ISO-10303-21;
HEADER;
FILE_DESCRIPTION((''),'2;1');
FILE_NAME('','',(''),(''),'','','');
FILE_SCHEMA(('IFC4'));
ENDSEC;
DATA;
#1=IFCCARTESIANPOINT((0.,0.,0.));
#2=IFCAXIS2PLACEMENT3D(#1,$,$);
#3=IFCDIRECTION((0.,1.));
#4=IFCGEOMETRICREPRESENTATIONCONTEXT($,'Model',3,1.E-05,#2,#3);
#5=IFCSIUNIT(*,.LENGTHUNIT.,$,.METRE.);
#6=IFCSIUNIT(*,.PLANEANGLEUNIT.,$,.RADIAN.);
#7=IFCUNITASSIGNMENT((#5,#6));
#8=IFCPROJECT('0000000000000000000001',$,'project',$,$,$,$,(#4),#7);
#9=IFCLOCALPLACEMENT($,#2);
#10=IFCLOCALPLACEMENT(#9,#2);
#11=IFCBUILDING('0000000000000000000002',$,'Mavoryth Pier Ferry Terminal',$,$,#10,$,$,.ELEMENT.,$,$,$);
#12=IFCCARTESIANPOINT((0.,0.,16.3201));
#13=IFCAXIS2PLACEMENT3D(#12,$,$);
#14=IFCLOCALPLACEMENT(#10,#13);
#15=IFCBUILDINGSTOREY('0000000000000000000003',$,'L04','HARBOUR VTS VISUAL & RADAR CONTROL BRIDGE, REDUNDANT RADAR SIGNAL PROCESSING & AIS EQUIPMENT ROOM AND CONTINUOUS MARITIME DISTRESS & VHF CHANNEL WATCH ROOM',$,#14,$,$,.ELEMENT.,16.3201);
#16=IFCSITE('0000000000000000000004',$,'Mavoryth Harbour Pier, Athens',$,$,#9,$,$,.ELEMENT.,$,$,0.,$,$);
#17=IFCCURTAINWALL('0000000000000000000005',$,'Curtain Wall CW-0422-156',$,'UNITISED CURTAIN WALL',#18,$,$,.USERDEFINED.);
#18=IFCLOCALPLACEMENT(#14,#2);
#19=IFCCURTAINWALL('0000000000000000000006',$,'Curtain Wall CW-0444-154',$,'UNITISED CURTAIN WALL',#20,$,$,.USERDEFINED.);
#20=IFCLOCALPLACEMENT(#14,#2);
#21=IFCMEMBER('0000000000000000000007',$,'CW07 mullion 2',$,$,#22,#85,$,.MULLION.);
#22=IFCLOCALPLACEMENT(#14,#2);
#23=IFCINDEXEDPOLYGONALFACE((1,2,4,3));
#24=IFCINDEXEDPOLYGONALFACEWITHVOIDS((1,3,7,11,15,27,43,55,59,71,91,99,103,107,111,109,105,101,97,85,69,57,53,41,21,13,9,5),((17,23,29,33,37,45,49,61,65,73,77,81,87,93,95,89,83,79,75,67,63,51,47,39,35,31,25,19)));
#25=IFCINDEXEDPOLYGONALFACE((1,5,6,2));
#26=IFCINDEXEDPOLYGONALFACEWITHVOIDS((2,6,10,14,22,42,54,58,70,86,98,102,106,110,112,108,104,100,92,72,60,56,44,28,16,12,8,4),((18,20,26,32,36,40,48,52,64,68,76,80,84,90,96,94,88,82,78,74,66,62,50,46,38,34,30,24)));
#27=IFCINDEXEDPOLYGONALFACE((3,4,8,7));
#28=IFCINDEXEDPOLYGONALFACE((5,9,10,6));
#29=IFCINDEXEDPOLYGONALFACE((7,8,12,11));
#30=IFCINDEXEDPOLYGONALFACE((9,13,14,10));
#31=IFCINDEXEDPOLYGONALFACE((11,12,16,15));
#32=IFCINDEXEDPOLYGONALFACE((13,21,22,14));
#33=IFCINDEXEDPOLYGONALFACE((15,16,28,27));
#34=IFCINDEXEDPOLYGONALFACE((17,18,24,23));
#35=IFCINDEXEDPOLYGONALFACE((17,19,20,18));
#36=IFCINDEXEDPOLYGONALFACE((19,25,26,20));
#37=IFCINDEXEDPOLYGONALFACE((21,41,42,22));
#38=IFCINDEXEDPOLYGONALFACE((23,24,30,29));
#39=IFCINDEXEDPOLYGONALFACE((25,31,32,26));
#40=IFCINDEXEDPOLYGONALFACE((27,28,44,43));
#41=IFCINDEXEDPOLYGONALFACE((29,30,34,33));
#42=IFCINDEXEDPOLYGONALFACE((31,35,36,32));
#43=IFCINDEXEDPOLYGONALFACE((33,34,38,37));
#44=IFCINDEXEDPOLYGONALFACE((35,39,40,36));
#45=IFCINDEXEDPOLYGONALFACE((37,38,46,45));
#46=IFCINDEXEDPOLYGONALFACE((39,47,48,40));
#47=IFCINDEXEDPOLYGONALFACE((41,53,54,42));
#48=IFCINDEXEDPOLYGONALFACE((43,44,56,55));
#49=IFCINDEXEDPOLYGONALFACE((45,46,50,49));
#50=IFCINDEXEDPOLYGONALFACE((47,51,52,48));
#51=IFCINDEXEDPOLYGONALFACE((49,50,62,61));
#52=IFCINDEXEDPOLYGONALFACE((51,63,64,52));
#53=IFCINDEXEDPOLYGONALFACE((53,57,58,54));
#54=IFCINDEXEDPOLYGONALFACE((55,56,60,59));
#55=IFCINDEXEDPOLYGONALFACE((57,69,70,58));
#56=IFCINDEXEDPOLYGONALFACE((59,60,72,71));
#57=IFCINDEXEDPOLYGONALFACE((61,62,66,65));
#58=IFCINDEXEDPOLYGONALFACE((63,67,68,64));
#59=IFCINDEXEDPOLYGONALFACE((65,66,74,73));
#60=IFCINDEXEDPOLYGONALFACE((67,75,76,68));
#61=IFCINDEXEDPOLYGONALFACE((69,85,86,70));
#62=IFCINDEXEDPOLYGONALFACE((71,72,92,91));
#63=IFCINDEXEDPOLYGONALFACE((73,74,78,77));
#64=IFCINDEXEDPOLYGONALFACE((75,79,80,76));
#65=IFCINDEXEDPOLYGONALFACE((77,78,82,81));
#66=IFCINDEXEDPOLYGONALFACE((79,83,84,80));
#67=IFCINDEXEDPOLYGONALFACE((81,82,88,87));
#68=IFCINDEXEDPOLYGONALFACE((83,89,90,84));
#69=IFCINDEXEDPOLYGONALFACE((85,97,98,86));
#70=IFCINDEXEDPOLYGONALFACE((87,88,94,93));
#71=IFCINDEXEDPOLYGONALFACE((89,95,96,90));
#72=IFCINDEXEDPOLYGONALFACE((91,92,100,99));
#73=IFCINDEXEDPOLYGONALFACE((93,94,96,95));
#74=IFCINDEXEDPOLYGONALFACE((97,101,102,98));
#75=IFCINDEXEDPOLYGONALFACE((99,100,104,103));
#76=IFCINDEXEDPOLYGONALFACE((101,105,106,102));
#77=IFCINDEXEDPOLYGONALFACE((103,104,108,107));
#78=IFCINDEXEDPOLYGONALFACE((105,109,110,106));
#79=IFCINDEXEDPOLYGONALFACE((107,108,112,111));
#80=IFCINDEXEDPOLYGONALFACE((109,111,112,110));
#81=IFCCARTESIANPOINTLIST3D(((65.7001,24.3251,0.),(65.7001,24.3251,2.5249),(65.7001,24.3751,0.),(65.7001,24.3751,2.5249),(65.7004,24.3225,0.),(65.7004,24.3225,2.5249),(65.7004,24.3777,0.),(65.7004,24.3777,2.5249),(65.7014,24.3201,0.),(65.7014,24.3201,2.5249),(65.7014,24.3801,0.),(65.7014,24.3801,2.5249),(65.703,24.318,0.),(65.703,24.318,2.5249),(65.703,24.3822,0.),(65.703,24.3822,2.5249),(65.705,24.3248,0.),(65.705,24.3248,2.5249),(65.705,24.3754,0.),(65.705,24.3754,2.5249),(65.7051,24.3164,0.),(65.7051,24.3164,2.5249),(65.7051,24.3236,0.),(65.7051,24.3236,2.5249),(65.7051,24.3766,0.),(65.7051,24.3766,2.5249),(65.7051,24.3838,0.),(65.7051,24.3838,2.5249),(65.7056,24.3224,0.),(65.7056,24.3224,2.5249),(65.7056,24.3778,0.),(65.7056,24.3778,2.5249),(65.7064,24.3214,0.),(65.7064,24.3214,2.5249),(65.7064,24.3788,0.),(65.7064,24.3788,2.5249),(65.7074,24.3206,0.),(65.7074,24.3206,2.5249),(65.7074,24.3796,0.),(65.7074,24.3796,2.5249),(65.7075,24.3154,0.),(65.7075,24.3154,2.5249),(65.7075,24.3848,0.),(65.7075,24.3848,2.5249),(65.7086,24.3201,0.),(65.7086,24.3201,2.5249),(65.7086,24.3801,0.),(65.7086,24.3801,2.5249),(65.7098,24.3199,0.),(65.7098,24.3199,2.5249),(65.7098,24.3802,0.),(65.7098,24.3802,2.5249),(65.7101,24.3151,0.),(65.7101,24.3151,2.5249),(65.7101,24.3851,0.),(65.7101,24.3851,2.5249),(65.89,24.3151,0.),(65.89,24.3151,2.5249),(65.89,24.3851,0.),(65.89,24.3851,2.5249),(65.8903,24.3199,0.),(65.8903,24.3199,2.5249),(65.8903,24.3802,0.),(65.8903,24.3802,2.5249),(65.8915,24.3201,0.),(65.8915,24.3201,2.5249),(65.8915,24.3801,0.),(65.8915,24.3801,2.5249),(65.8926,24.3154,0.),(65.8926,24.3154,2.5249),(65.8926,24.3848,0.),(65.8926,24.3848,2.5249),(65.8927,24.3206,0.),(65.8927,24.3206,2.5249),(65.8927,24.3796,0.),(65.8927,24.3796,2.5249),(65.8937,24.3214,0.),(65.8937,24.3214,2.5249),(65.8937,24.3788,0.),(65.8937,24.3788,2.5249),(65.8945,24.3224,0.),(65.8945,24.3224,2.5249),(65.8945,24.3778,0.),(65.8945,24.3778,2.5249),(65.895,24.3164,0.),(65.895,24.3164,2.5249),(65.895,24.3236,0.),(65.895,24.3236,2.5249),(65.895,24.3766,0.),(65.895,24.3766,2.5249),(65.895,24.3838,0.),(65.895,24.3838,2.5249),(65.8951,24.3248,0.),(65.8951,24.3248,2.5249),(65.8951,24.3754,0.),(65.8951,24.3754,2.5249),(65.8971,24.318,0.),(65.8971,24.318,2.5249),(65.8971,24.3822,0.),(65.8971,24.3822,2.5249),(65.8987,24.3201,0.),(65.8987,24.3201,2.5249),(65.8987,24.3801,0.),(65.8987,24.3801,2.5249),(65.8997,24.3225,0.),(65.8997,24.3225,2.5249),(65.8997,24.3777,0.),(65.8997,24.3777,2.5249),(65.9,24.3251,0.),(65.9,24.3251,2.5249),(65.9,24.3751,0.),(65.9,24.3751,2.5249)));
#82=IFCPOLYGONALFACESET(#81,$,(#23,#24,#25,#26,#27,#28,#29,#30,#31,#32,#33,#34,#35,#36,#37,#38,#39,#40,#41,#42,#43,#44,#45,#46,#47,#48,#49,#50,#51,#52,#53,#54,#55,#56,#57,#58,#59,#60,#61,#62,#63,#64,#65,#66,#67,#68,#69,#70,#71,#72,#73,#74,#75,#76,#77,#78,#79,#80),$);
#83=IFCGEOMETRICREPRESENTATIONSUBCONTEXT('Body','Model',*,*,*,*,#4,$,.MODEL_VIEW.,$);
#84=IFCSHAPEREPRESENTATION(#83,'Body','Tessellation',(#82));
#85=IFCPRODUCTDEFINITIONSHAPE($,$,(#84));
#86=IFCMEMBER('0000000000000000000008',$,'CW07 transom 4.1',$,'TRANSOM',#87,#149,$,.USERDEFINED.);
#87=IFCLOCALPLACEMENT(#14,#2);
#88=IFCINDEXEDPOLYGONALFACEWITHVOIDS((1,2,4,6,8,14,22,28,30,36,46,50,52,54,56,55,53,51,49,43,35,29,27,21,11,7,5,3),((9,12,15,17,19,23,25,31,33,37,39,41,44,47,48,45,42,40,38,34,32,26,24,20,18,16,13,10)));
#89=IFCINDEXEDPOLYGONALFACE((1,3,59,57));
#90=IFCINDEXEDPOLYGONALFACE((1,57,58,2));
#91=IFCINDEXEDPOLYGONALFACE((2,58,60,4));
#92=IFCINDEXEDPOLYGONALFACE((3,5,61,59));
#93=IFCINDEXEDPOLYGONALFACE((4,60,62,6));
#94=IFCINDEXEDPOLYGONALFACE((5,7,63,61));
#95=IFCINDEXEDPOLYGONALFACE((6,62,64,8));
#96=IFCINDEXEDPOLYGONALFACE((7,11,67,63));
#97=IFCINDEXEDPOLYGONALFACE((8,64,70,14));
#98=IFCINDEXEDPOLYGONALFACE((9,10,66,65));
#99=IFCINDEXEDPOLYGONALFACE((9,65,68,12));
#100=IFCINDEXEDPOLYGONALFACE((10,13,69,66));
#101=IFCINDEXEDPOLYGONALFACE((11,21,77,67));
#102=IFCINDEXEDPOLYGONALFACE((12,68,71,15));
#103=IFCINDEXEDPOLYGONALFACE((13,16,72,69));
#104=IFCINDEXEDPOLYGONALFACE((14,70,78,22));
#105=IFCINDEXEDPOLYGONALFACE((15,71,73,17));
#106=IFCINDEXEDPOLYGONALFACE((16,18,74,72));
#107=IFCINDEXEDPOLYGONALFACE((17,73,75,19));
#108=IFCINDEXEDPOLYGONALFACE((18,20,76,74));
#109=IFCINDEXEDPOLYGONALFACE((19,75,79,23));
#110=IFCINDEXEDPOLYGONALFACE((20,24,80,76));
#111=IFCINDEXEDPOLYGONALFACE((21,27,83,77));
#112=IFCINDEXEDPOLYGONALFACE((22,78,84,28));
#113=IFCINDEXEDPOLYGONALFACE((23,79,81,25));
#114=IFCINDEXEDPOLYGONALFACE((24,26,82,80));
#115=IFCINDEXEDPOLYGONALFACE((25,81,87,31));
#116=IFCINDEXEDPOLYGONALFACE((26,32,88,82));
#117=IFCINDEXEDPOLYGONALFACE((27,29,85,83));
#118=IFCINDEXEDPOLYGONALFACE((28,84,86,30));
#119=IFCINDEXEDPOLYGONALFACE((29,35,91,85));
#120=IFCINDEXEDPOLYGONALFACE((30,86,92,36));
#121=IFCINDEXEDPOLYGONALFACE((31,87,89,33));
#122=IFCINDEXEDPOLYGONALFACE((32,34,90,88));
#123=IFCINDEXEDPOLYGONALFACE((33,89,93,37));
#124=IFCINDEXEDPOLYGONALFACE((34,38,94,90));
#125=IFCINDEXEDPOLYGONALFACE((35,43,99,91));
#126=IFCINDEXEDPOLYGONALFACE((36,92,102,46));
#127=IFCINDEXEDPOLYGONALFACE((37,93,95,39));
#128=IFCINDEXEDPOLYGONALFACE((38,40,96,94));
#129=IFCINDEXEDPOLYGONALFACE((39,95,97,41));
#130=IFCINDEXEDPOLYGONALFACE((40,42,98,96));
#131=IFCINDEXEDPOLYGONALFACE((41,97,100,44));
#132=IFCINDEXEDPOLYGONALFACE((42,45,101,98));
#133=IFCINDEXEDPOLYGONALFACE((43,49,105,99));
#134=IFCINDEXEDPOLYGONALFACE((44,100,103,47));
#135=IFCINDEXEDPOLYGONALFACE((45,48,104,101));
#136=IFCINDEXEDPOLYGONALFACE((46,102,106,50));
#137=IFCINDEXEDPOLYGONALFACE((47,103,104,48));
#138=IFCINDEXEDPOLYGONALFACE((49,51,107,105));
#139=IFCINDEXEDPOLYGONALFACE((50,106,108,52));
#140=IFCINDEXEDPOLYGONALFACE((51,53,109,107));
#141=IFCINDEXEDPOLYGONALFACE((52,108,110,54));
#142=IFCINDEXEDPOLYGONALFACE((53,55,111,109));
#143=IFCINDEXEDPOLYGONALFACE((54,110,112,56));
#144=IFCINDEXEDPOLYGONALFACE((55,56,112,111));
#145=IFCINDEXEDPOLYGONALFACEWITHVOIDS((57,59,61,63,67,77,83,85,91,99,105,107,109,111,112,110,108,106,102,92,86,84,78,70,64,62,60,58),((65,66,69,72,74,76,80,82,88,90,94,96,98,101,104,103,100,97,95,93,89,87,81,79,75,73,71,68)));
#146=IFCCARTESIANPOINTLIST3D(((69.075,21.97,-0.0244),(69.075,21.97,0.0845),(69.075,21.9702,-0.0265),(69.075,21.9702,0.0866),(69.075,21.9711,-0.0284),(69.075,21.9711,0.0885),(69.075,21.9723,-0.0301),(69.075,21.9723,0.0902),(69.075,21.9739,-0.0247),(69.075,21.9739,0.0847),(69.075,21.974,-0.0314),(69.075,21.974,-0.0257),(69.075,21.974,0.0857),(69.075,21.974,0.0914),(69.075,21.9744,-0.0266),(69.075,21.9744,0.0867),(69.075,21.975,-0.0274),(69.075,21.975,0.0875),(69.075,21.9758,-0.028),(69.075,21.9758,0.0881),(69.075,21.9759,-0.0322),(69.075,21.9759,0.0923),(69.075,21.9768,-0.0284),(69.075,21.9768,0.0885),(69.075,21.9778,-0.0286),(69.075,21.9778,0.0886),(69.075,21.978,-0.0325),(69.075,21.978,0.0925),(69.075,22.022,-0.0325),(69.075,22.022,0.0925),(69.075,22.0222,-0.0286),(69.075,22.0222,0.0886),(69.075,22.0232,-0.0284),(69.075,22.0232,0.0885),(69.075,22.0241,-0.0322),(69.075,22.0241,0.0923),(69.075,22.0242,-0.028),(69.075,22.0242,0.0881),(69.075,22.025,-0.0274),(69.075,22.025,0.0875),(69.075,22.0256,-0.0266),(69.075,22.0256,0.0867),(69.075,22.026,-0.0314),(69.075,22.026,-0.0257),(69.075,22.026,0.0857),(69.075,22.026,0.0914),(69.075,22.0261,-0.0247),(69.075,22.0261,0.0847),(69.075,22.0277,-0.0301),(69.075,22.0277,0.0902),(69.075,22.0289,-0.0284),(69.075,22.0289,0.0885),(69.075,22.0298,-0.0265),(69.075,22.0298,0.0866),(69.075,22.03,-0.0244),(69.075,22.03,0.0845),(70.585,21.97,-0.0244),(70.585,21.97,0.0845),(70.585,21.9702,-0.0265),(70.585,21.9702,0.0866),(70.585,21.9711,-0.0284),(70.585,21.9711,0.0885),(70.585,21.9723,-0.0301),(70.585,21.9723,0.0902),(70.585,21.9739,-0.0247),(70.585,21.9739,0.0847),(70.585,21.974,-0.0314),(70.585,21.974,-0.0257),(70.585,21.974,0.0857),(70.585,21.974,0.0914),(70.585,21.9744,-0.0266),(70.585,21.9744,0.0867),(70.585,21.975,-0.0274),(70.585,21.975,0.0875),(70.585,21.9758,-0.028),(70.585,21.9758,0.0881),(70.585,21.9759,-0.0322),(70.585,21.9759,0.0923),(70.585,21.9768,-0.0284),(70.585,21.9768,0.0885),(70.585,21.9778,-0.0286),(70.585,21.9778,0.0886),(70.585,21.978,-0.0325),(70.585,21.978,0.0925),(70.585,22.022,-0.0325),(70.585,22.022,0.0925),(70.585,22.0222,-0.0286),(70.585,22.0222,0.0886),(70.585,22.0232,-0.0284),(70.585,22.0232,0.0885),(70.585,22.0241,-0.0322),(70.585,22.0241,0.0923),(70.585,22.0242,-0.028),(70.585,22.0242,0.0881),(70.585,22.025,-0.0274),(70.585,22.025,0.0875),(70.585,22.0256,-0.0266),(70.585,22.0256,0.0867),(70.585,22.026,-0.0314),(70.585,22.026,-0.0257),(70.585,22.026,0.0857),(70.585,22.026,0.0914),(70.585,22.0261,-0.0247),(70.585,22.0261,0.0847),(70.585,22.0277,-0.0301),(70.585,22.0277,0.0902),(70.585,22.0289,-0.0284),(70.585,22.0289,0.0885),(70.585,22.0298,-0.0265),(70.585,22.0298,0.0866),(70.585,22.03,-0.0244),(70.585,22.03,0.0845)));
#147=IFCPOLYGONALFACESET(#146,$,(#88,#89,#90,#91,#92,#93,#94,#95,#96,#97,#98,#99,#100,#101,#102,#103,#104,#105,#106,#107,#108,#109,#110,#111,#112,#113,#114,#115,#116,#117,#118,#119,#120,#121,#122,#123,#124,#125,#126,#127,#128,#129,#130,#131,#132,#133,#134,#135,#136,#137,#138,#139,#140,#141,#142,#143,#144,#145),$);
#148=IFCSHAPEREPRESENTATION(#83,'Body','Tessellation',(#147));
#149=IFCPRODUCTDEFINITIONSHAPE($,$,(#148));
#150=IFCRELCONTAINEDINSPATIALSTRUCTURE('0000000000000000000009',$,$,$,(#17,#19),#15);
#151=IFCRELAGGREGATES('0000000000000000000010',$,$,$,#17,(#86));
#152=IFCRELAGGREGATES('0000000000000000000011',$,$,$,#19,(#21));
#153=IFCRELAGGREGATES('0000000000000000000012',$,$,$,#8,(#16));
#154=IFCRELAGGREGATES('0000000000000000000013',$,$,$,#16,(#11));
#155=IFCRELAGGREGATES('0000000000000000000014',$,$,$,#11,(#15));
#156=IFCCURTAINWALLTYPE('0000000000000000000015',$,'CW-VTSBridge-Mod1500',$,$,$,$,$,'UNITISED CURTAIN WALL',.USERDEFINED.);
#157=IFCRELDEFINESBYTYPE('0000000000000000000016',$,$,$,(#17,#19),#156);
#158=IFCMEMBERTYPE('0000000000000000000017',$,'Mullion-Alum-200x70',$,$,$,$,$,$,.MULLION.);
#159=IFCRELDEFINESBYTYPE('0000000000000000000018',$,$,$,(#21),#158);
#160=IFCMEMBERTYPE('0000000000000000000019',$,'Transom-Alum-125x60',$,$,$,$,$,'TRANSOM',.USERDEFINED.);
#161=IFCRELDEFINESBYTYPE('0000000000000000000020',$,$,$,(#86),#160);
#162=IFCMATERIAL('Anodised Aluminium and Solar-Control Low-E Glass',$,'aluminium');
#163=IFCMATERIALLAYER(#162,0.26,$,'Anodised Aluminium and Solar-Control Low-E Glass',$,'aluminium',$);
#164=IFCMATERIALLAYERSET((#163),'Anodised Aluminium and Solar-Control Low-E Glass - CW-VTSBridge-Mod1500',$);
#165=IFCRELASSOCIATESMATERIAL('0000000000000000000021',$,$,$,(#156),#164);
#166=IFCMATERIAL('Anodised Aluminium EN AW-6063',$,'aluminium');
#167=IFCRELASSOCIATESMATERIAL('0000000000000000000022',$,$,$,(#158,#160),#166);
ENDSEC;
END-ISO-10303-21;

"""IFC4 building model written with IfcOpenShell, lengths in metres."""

from ifc_helpers import new_model, si_unit, direction, frame, origin, origin_2d, place, context, subcontext, project, spatial, hollow_rectangle, extrude, material, layer, layer_set, material_profile, profile_set, type_object, element, aggregate, save


model = new_model("IFC4")

# Units and contexts
model_context = context("Model", 3, precision=1e-05, world=origin(), true_north=direction((0.0, 1.0)))
body_context = subcontext(model_context, "Body", "Model", "MODEL_VIEW")
ifc_project = project(units=[si_unit("LENGTHUNIT", "METRE"), si_unit("PLANEANGLEUNIT", "RADIAN")], contexts=[model_context])

# Site, building, storey
site_placement = place(None, origin())
site = spatial("IfcSite", under=ifc_project, at=site_placement, Name="Mavoryth Harbour Pier, Athens", CompositionType="ELEMENT", RefElevation=0.0)
building_placement = place(site_placement, origin())
building = spatial("IfcBuilding", under=site, at=building_placement, Name="Mavoryth Pier Ferry Terminal", CompositionType="ELEMENT")
storey_placement = place(building_placement, frame((0.0, 0.0, 16.3201)))
storey = spatial("IfcBuildingStorey", under=building, at=storey_placement, Name="L04", Description="HARBOUR VTS VISUAL & RADAR CONTROL BRIDGE, REDUNDANT RADAR SIGNAL PROCESSING & AIS EQUIPMENT ROOM AND CONTINUOUS MARITIME DISTRESS & VHF CHANNEL WATCH ROOM", CompositionType="ELEMENT", Elevation=16.3201)

# Curtain wall
ifc_material_1 = material(Name="Anodised Aluminium and Solar-Control Low-E Glass", Category="aluminium")
ifc_layer_1 = layer(ifc_material_1, 0.26, Name="Anodised Aluminium and Solar-Control Low-E Glass", Category="aluminium")
ifc_layer_set_1 = layer_set([ifc_layer_1], Name="Anodised Aluminium and Solar-Control Low-E Glass - CW-VTSBridge-Mod1500")
curtain_wall_type = type_object("IfcCurtainWallType", Name="CW-VTSBridge-Mod1500", ElementType="UNITISED CURTAIN WALL", PredefinedType="USERDEFINED", material=ifc_layer_set_1)
curtain_wall_1_placement = place(storey_placement, origin())
curtain_wall_1 = element("IfcCurtainWall", 1, at=curtain_wall_1_placement, inside=storey, type_object=curtain_wall_type, Name="Curtain Wall CW-0422-156", ObjectType="UNITISED CURTAIN WALL", PredefinedType="USERDEFINED")
ifc_material_2 = material(Name="Anodised Aluminium EN AW-6063", Category="aluminium")

# Curtain wall, member
curtain_wall_2_placement = place(storey_placement, origin())
curtain_wall_2 = element("IfcCurtainWall", 2, at=curtain_wall_2_placement, inside=storey, type_object=curtain_wall_type, Name="Curtain Wall CW-0444-154", ObjectType="UNITISED CURTAIN WALL", PredefinedType="USERDEFINED")
ifc_material_profile_1 = material_profile(ifc_material_2, hollow_rectangle(XDim=0.0701, YDim=0.2, WallThickness=0.0049, InnerFilletRadius=0.0049, OuterFilletRadius=0.01, at=origin_2d()), Name="AL-MULL 200x70x5", Category="aluminium")
ifc_profile_set_1 = profile_set([ifc_material_profile_1], Name="Anodised Aluminium EN AW-6063 - AL-MULL 200x70x5")
member_type_1 = type_object("IfcMemberType", Name="Mullion-Alum-200x70", PredefinedType="MULLION", material=ifc_profile_set_1)
member_1_placement = place(storey_placement, frame((65.8, 24.3501, 0.0), z_axis=(0.0, 0.0, 1.0), x_axis=(0.0, -1.0, 0.0)))
member_1 = element("IfcMember", 3, at=member_1_placement, type_object=member_type_1, Name="CW07 mullion 2", PredefinedType="MULLION", context=body_context, shape_type="SweptSolid", body=[
    extrude(hollow_rectangle(XDim=0.0701, YDim=0.2, WallThickness=0.0049, InnerFilletRadius=0.0049, OuterFilletRadius=0.01, at=origin_2d()), origin(), (0.0, 0.0, 1.0), 2.5249),
])

# Member
ifc_material_profile_2 = material_profile(ifc_material_2, hollow_rectangle(XDim=0.0601, YDim=0.125, WallThickness=0.0039, InnerFilletRadius=0.0039, OuterFilletRadius=0.0081, at=origin_2d()), Name="AL-TRAN 125x60x4", Category="aluminium")
ifc_profile_set_2 = profile_set([ifc_material_profile_2], Name="Anodised Aluminium EN AW-6063 - AL-TRAN 125x60x4")
member_type_2 = type_object("IfcMemberType", Name="Transom-Alum-125x60", ElementType="TRANSOM", PredefinedType="USERDEFINED", material=ifc_profile_set_2)
member_2_placement = place(storey_placement, frame((70.585, 22.0, 0.03), z_axis=(-1.0, 0.0, 0.0), x_axis=(0.0, -1.0, 0.0)))
member_2 = element("IfcMember", 4, at=member_2_placement, type_object=member_type_2, Name="CW07 transom 4.1", ObjectType="TRANSOM", PredefinedType="USERDEFINED", context=body_context, shape_type="SweptSolid", body=[
    extrude(hollow_rectangle(XDim=0.0601, YDim=0.125, WallThickness=0.0039, InnerFilletRadius=0.0039, OuterFilletRadius=0.0081, at=origin_2d()), origin(), (0.0, 0.0, 1.0), 1.51),
])

aggregate(curtain_wall_1, [member_2])
aggregate(curtain_wall_2, [member_1])

save(model, "model.ifc")
